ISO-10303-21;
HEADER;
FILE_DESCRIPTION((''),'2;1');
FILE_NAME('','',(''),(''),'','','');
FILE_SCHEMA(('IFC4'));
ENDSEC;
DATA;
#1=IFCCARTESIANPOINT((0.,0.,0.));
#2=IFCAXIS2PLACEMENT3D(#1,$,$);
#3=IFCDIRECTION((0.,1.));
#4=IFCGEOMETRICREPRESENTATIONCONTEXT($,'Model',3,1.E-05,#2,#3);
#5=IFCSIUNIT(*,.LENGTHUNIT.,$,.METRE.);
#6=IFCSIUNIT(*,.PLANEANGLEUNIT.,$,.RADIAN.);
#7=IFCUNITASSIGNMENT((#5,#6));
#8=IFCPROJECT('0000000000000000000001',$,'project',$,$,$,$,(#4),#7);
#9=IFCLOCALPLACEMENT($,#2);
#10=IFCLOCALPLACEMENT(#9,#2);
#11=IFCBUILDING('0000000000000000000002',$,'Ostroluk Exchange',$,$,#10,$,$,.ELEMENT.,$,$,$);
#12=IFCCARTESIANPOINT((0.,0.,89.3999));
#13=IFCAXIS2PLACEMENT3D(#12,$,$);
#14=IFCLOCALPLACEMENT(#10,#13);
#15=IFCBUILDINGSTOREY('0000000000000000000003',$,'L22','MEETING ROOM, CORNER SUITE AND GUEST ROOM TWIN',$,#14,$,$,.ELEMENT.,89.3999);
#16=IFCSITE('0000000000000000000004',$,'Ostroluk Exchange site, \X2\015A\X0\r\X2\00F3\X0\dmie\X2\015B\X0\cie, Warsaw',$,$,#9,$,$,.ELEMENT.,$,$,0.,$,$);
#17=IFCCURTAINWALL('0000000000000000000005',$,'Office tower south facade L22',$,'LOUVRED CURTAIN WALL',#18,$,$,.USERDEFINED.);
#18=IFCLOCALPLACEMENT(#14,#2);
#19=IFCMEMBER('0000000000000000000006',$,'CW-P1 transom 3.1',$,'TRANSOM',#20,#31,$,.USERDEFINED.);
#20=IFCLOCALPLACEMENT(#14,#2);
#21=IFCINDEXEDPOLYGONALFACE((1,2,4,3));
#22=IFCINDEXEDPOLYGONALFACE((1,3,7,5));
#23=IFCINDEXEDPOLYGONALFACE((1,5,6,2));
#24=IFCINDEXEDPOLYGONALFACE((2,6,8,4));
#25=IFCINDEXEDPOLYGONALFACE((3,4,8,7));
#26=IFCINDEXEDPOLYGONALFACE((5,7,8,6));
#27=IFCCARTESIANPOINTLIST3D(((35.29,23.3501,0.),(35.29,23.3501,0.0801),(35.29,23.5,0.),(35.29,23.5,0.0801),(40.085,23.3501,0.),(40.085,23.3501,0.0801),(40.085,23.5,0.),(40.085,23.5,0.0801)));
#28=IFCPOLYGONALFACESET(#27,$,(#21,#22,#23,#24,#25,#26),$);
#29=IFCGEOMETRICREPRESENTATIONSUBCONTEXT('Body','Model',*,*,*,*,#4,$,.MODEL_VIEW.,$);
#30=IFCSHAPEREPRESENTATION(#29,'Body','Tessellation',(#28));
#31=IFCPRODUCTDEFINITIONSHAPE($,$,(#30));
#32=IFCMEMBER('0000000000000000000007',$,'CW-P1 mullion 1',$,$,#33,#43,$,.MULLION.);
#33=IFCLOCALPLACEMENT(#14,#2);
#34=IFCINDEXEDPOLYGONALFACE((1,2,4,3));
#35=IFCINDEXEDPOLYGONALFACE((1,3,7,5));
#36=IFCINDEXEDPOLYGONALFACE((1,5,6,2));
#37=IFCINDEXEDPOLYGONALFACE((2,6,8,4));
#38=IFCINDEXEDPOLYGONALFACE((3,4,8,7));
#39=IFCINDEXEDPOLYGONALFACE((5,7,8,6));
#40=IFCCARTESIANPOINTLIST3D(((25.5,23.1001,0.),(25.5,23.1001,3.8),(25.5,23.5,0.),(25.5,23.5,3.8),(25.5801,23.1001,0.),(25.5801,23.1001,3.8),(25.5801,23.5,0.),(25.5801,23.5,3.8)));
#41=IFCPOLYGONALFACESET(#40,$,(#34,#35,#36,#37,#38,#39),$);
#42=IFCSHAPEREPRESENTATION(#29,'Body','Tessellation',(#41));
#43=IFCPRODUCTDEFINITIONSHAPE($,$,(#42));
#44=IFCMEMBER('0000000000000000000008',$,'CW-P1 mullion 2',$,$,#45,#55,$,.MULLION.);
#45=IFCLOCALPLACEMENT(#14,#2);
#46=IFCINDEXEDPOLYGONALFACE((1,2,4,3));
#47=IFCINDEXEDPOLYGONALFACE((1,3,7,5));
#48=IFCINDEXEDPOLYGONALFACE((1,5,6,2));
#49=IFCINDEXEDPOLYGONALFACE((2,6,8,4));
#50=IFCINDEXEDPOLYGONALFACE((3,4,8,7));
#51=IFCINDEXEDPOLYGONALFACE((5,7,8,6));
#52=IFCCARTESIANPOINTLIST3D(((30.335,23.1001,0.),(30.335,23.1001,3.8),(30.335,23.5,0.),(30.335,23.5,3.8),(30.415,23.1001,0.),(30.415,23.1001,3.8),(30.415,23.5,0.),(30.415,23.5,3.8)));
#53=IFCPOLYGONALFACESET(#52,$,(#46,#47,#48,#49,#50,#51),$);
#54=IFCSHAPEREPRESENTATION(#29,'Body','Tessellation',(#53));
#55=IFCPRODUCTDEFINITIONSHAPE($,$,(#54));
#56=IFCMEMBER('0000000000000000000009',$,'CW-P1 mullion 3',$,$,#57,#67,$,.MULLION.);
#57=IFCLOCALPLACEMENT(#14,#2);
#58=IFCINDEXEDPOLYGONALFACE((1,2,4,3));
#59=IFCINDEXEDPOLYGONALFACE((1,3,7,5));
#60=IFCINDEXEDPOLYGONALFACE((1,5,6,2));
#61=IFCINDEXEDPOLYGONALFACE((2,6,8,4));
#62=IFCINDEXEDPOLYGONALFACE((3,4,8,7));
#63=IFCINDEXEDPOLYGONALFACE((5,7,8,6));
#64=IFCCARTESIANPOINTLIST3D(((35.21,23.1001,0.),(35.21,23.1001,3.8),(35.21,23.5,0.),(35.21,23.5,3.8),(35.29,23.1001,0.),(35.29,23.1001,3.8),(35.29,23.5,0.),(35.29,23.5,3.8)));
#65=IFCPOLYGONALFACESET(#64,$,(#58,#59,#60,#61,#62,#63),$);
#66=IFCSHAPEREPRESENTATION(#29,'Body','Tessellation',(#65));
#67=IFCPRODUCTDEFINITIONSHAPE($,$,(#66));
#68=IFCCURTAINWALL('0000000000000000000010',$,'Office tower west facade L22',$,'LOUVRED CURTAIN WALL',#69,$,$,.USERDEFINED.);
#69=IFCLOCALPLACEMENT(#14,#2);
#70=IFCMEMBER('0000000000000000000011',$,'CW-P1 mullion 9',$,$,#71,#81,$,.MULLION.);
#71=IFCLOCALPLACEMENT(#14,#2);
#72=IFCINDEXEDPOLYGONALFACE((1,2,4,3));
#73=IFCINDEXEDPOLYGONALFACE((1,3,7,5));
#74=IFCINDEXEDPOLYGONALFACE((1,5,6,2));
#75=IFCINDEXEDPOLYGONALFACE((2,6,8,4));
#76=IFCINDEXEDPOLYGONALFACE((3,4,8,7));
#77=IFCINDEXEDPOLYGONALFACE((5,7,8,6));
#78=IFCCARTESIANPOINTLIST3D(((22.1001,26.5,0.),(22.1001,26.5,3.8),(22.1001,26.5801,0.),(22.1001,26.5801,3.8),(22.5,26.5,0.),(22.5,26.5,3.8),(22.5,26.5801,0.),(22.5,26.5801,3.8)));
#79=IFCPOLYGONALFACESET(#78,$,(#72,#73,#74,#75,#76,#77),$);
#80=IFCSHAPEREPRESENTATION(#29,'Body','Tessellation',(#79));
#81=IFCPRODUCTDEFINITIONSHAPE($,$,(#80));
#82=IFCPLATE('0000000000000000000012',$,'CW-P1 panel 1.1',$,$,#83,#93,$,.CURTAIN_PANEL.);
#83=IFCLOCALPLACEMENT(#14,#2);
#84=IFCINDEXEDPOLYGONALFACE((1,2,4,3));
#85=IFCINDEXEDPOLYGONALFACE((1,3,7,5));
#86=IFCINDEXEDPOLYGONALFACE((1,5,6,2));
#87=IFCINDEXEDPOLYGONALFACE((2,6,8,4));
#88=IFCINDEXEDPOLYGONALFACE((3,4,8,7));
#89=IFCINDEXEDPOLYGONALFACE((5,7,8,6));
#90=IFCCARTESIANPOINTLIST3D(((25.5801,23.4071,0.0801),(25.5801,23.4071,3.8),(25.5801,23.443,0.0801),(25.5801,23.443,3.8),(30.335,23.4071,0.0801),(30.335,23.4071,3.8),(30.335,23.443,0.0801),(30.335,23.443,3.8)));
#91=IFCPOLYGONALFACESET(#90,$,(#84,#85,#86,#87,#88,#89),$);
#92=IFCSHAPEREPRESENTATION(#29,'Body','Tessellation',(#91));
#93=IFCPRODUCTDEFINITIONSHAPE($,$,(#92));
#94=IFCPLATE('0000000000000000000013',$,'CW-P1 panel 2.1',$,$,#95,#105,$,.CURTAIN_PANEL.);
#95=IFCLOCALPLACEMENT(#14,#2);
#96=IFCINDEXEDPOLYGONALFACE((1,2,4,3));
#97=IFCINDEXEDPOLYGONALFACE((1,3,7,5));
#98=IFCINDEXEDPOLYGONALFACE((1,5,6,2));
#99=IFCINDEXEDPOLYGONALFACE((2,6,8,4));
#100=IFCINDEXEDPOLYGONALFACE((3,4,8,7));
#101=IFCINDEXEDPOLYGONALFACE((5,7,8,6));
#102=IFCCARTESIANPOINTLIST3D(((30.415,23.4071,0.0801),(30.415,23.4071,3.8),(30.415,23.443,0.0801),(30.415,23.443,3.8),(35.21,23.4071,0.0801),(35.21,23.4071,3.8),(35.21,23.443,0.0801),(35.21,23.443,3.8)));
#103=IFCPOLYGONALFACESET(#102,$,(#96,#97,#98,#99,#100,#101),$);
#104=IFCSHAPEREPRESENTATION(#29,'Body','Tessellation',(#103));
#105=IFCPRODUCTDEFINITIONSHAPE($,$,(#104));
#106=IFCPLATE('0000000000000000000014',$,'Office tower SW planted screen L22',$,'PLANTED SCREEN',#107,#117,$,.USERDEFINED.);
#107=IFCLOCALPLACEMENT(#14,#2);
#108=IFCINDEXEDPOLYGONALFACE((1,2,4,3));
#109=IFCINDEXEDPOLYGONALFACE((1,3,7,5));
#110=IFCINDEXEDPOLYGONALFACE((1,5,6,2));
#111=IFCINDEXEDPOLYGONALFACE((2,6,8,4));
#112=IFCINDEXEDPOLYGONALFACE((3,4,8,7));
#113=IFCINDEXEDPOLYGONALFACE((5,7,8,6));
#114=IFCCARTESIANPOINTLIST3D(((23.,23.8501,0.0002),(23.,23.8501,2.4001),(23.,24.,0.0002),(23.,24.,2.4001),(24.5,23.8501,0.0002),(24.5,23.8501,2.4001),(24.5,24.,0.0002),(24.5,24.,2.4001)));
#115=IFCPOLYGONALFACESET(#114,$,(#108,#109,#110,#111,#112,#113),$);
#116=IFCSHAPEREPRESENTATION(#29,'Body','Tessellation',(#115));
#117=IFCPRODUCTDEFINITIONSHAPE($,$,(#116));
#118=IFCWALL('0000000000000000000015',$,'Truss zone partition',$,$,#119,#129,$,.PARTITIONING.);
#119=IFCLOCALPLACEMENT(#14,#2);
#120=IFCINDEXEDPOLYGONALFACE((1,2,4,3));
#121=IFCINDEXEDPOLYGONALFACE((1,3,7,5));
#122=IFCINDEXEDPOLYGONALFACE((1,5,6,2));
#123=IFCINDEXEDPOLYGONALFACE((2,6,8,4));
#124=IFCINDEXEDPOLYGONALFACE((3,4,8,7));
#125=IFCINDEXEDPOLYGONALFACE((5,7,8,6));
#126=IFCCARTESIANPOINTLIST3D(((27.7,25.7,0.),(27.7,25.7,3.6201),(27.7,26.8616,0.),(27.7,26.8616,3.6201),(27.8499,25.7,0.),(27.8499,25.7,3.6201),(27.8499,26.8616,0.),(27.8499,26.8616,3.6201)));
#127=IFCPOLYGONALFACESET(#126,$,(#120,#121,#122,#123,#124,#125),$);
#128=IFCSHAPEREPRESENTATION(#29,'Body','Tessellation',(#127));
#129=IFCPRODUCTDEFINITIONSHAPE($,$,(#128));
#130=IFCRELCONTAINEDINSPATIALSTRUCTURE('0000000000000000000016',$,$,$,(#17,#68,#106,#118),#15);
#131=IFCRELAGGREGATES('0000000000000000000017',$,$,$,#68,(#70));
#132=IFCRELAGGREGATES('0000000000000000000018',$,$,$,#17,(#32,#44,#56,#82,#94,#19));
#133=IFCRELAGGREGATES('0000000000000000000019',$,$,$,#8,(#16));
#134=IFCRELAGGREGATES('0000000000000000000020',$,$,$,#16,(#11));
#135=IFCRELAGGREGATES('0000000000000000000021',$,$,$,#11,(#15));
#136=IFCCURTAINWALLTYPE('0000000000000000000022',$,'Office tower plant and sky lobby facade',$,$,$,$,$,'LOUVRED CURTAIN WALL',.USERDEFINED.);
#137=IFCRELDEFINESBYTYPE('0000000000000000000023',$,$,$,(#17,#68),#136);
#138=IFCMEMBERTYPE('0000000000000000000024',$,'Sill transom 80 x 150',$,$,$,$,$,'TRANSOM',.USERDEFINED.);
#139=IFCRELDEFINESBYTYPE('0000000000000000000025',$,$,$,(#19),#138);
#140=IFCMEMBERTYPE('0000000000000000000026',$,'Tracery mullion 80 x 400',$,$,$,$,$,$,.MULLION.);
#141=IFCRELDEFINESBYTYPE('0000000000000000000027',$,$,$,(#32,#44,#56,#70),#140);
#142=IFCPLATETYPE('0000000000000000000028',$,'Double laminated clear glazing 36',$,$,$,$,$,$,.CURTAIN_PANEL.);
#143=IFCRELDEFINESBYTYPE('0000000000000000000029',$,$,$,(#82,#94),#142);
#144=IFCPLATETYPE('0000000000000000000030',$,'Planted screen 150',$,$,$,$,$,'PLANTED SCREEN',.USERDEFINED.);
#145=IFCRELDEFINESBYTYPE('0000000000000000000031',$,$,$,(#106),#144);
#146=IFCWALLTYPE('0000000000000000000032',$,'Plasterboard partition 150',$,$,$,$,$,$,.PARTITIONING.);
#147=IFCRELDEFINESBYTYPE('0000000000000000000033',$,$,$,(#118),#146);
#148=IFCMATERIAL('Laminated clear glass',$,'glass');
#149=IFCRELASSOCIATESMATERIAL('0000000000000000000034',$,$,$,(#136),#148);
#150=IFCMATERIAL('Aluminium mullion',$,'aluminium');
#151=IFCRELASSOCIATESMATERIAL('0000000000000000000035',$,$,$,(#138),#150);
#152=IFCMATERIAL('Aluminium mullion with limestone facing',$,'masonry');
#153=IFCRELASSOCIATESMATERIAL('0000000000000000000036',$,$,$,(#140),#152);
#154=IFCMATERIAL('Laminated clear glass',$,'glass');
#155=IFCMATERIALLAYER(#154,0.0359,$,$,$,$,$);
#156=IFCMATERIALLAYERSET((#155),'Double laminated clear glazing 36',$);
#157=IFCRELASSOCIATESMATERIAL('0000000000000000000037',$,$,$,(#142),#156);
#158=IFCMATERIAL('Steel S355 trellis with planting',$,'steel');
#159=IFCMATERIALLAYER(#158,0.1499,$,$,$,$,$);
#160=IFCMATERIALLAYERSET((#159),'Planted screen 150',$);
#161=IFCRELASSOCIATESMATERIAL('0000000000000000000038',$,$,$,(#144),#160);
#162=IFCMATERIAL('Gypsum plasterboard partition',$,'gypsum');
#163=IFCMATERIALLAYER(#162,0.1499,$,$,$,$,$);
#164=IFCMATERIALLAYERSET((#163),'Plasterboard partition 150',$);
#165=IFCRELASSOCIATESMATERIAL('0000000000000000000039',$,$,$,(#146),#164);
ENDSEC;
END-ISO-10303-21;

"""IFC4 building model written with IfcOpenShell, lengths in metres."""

from ifc_helpers import new_model, si_unit, direction, frame, frame_2d, origin, origin_2d, place, context, subcontext, project, spatial, rectangle, extrude, material, layer, layer_set, material_profile, profile_set, type_object, element, aggregate, save


model = new_model("IFC4")

# Units and contexts
model_context = context("Model", 3, precision=1e-05, world=origin(), true_north=direction((0.0, 1.0)))
body_context = subcontext(model_context, "Body", "Model", "MODEL_VIEW")
ifc_project = project(units=[si_unit("LENGTHUNIT", "METRE"), si_unit("PLANEANGLEUNIT", "RADIAN")], contexts=[model_context])

# Site, building, storey
site_placement = place(None, origin())
site = spatial("IfcSite", under=ifc_project, at=site_placement, Name="Ostroluk Exchange site, Śródmieście, Warsaw", CompositionType="ELEMENT", RefElevation=0.0)
building_placement = place(site_placement, origin())
building = spatial("IfcBuilding", under=site, at=building_placement, Name="Ostroluk Exchange", CompositionType="ELEMENT")
storey_placement = place(building_placement, frame((0.0, 0.0, 89.3999)))
storey = spatial("IfcBuildingStorey", under=building, at=storey_placement, Name="L22", Description="MEETING ROOM, CORNER SUITE AND GUEST ROOM TWIN", CompositionType="ELEMENT", Elevation=89.3999)

# Curtain wall, members
ifc_material_1 = material(Name="Laminated clear glass", Category="glass")
curtain_wall_type = type_object("IfcCurtainWallType", Name="Office tower plant and sky lobby facade", ElementType="LOUVRED CURTAIN WALL", PredefinedType="USERDEFINED", material=ifc_material_1)
curtain_wall_1_placement = place(storey_placement, origin())
curtain_wall_1 = element("IfcCurtainWall", 1, at=curtain_wall_1_placement, inside=storey, type_object=curtain_wall_type, Name="Office tower south facade L22", ObjectType="LOUVRED CURTAIN WALL", PredefinedType="USERDEFINED")
ifc_material_2 = material(Name="Aluminium mullion", Category="aluminium")
ifc_material_profile_1 = material_profile(ifc_material_2, rectangle(XDim=0.1499, YDim=0.0801, at=origin_2d()), Name="Sill transom 80 x 150")
ifc_profile_set_1 = profile_set([ifc_material_profile_1], Name="Aluminium mullion")
member_type_1 = type_object("IfcMemberType", Name="Sill transom 80 x 150", ElementType="TRANSOM", PredefinedType="USERDEFINED", material=ifc_profile_set_1)
member_1_placement = place(storey_placement, frame((35.29, 23.425, 0.04), z_axis=(1.0, 0.0, 0.0), x_axis=(0.0, 1.0, 0.0)))
member_1 = element("IfcMember", 2, at=member_1_placement, type_object=member_type_1, Name="CW-P1 transom 3.1", ObjectType="TRANSOM", PredefinedType="USERDEFINED", context=body_context, shape_type="SweptSolid", body=[
    extrude(rectangle(XDim=0.1499, YDim=0.0801, at=origin_2d()), origin(), (0.0, 0.0, 1.0), 4.7949),
])
ifc_material_3 = material(Name="Aluminium mullion with limestone facing", Category="masonry")
ifc_material_profile_2 = material_profile(ifc_material_3, rectangle(XDim=0.3999, YDim=0.0801, at=origin_2d()), Name="Tracery mullion 80 x 400")
ifc_profile_set_2 = profile_set([ifc_material_profile_2], Name="Aluminium mullion with limestone facing")
member_type_2 = type_object("IfcMemberType", Name="Tracery mullion 80 x 400", PredefinedType="MULLION", material=ifc_profile_set_2)
member_2_placement = place(storey_placement, frame((25.54, 23.3, 0.0), z_axis=(0.0, 0.0, 1.0), x_axis=(0.0, 1.0, 0.0)))
member_2 = element("IfcMember", 3, at=member_2_placement, type_object=member_type_2, Name="CW-P1 mullion 1", PredefinedType="MULLION", context=body_context, shape_type="SweptSolid", body=[
    extrude(rectangle(XDim=0.3999, YDim=0.0801, at=origin_2d()), origin(), (0.0, 0.0, 1.0), 3.8),
])
member_3_placement = place(storey_placement, frame((30.375, 23.3, 0.0), z_axis=(0.0, 0.0, 1.0), x_axis=(0.0, 1.0, 0.0)))
member_3 = element("IfcMember", 4, at=member_3_placement, type_object=member_type_2, Name="CW-P1 mullion 2", PredefinedType="MULLION", context=body_context, shape_type="SweptSolid", body=[
    extrude(rectangle(XDim=0.3999, YDim=0.0801, at=origin_2d()), origin(), (0.0, 0.0, 1.0), 3.8),
])
member_4_placement = place(storey_placement, frame((35.25, 23.3, 0.0), z_axis=(0.0, 0.0, 1.0), x_axis=(0.0, 1.0, 0.0)))
member_4 = element("IfcMember", 5, at=member_4_placement, type_object=member_type_2, Name="CW-P1 mullion 3", PredefinedType="MULLION", context=body_context, shape_type="SweptSolid", body=[
    extrude(rectangle(XDim=0.3999, YDim=0.0801, at=origin_2d()), origin(), (0.0, 0.0, 1.0), 3.8),
])

# Curtain wall, member
curtain_wall_2_placement = place(storey_placement, origin())
curtain_wall_2 = element("IfcCurtainWall", 6, at=curtain_wall_2_placement, inside=storey, type_object=curtain_wall_type, Name="Office tower west facade L22", ObjectType="LOUVRED CURTAIN WALL", PredefinedType="USERDEFINED")
member_5_placement = place(storey_placement, frame((22.3, 26.54, 0.0), z_axis=(0.0, 0.0, 1.0), x_axis=(1.0, 0.0, 0.0)))
member_5 = element("IfcMember", 7, at=member_5_placement, type_object=member_type_2, Name="CW-P1 mullion 9", PredefinedType="MULLION", context=body_context, shape_type="SweptSolid", body=[
    extrude(rectangle(XDim=0.3999, YDim=0.0801, at=origin_2d()), origin(), (0.0, 0.0, 1.0), 3.8),
])
aggregate(curtain_wall_2, [member_5])

# Plates
ifc_material_4 = material(Name="Laminated clear glass", Category="glass")
ifc_layer_1 = layer(ifc_material_4, 0.0359)
ifc_layer_set_1 = layer_set([ifc_layer_1], Name="Double laminated clear glazing 36")
plate_type_1 = type_object("IfcPlateType", Name="Double laminated clear glazing 36", PredefinedType="CURTAIN_PANEL", material=ifc_layer_set_1)
plate_1_placement = place(storey_placement, frame((27.9575, 23.425, 0.0801), z_axis=(0.0, 0.0, 1.0), x_axis=(1.0, 0.0, 0.0)))
plate_1 = element("IfcPlate", 8, at=plate_1_placement, type_object=plate_type_1, Name="CW-P1 panel 1.1", PredefinedType="CURTAIN_PANEL", context=body_context, shape_type="SweptSolid", body=[
    extrude(rectangle(XDim=4.7549, YDim=0.0359, at=origin_2d()), origin(), (0.0, 0.0, 1.0), 3.72),
])
plate_2_placement = place(storey_placement, frame((32.8125, 23.425, 0.0801), z_axis=(0.0, 0.0, 1.0), x_axis=(1.0, 0.0, 0.0)))
plate_2 = element("IfcPlate", 9, at=plate_2_placement, type_object=plate_type_1, Name="CW-P1 panel 2.1", PredefinedType="CURTAIN_PANEL", context=body_context, shape_type="SweptSolid", body=[
    extrude(rectangle(XDim=4.7949, YDim=0.0359, at=origin_2d()), origin(), (0.0, 0.0, 1.0), 3.72),
])
aggregate(curtain_wall_1, [member_2, member_3, member_4, plate_1, plate_2, member_1])
ifc_material_5 = material(Name="Steel S355 trellis with planting", Category="steel")
ifc_layer_2 = layer(ifc_material_5, 0.1499)
ifc_layer_set_2 = layer_set([ifc_layer_2], Name="Planted screen 150")
plate_type_2 = type_object("IfcPlateType", Name="Planted screen 150", ElementType="PLANTED SCREEN", PredefinedType="USERDEFINED", material=ifc_layer_set_2)
plate_3_placement = place(storey_placement, frame((23.75, 23.925, 0.0002), z_axis=(0.0, 0.0, 1.0), x_axis=(1.0, 0.0, 0.0)))
element("IfcPlate", 10, at=plate_3_placement, inside=storey, type_object=plate_type_2, Name="Office tower SW planted screen L22", ObjectType="PLANTED SCREEN", PredefinedType="USERDEFINED", context=body_context, shape_type="SweptSolid", body=[
    extrude(rectangle(XDim=1.5, YDim=0.1499, at=origin_2d()), origin(), (0.0, 0.0, 1.0), 2.3999),
])

# Wall
ifc_material_6 = material(Name="Gypsum plasterboard partition", Category="gypsum")
ifc_layer_3 = layer(ifc_material_6, 0.1499)
ifc_layer_set_3 = layer_set([ifc_layer_3], Name="Plasterboard partition 150")
wall_type_1 = type_object("IfcWallType", Name="Plasterboard partition 150", PredefinedType="PARTITIONING", material=ifc_layer_set_3)
wall_1_placement = place(storey_placement, frame((27.7749, 25.7, 0.0), z_axis=(0.0, 0.0, 1.0), x_axis=(0.0, 1.0, 0.0)))
element("IfcWall", 11, at=wall_1_placement, inside=storey, type_object=wall_type_1, Name="Truss zone partition", PredefinedType="PARTITIONING", context=body_context, shape_type="SweptSolid", body=[
    extrude(rectangle(XDim=1.1616, YDim=0.1499, at=frame_2d((0.5808, 0.0))), origin(), (0.0, 0.0, 1.0), 3.6201),
])

save(model, "model.ifc")
